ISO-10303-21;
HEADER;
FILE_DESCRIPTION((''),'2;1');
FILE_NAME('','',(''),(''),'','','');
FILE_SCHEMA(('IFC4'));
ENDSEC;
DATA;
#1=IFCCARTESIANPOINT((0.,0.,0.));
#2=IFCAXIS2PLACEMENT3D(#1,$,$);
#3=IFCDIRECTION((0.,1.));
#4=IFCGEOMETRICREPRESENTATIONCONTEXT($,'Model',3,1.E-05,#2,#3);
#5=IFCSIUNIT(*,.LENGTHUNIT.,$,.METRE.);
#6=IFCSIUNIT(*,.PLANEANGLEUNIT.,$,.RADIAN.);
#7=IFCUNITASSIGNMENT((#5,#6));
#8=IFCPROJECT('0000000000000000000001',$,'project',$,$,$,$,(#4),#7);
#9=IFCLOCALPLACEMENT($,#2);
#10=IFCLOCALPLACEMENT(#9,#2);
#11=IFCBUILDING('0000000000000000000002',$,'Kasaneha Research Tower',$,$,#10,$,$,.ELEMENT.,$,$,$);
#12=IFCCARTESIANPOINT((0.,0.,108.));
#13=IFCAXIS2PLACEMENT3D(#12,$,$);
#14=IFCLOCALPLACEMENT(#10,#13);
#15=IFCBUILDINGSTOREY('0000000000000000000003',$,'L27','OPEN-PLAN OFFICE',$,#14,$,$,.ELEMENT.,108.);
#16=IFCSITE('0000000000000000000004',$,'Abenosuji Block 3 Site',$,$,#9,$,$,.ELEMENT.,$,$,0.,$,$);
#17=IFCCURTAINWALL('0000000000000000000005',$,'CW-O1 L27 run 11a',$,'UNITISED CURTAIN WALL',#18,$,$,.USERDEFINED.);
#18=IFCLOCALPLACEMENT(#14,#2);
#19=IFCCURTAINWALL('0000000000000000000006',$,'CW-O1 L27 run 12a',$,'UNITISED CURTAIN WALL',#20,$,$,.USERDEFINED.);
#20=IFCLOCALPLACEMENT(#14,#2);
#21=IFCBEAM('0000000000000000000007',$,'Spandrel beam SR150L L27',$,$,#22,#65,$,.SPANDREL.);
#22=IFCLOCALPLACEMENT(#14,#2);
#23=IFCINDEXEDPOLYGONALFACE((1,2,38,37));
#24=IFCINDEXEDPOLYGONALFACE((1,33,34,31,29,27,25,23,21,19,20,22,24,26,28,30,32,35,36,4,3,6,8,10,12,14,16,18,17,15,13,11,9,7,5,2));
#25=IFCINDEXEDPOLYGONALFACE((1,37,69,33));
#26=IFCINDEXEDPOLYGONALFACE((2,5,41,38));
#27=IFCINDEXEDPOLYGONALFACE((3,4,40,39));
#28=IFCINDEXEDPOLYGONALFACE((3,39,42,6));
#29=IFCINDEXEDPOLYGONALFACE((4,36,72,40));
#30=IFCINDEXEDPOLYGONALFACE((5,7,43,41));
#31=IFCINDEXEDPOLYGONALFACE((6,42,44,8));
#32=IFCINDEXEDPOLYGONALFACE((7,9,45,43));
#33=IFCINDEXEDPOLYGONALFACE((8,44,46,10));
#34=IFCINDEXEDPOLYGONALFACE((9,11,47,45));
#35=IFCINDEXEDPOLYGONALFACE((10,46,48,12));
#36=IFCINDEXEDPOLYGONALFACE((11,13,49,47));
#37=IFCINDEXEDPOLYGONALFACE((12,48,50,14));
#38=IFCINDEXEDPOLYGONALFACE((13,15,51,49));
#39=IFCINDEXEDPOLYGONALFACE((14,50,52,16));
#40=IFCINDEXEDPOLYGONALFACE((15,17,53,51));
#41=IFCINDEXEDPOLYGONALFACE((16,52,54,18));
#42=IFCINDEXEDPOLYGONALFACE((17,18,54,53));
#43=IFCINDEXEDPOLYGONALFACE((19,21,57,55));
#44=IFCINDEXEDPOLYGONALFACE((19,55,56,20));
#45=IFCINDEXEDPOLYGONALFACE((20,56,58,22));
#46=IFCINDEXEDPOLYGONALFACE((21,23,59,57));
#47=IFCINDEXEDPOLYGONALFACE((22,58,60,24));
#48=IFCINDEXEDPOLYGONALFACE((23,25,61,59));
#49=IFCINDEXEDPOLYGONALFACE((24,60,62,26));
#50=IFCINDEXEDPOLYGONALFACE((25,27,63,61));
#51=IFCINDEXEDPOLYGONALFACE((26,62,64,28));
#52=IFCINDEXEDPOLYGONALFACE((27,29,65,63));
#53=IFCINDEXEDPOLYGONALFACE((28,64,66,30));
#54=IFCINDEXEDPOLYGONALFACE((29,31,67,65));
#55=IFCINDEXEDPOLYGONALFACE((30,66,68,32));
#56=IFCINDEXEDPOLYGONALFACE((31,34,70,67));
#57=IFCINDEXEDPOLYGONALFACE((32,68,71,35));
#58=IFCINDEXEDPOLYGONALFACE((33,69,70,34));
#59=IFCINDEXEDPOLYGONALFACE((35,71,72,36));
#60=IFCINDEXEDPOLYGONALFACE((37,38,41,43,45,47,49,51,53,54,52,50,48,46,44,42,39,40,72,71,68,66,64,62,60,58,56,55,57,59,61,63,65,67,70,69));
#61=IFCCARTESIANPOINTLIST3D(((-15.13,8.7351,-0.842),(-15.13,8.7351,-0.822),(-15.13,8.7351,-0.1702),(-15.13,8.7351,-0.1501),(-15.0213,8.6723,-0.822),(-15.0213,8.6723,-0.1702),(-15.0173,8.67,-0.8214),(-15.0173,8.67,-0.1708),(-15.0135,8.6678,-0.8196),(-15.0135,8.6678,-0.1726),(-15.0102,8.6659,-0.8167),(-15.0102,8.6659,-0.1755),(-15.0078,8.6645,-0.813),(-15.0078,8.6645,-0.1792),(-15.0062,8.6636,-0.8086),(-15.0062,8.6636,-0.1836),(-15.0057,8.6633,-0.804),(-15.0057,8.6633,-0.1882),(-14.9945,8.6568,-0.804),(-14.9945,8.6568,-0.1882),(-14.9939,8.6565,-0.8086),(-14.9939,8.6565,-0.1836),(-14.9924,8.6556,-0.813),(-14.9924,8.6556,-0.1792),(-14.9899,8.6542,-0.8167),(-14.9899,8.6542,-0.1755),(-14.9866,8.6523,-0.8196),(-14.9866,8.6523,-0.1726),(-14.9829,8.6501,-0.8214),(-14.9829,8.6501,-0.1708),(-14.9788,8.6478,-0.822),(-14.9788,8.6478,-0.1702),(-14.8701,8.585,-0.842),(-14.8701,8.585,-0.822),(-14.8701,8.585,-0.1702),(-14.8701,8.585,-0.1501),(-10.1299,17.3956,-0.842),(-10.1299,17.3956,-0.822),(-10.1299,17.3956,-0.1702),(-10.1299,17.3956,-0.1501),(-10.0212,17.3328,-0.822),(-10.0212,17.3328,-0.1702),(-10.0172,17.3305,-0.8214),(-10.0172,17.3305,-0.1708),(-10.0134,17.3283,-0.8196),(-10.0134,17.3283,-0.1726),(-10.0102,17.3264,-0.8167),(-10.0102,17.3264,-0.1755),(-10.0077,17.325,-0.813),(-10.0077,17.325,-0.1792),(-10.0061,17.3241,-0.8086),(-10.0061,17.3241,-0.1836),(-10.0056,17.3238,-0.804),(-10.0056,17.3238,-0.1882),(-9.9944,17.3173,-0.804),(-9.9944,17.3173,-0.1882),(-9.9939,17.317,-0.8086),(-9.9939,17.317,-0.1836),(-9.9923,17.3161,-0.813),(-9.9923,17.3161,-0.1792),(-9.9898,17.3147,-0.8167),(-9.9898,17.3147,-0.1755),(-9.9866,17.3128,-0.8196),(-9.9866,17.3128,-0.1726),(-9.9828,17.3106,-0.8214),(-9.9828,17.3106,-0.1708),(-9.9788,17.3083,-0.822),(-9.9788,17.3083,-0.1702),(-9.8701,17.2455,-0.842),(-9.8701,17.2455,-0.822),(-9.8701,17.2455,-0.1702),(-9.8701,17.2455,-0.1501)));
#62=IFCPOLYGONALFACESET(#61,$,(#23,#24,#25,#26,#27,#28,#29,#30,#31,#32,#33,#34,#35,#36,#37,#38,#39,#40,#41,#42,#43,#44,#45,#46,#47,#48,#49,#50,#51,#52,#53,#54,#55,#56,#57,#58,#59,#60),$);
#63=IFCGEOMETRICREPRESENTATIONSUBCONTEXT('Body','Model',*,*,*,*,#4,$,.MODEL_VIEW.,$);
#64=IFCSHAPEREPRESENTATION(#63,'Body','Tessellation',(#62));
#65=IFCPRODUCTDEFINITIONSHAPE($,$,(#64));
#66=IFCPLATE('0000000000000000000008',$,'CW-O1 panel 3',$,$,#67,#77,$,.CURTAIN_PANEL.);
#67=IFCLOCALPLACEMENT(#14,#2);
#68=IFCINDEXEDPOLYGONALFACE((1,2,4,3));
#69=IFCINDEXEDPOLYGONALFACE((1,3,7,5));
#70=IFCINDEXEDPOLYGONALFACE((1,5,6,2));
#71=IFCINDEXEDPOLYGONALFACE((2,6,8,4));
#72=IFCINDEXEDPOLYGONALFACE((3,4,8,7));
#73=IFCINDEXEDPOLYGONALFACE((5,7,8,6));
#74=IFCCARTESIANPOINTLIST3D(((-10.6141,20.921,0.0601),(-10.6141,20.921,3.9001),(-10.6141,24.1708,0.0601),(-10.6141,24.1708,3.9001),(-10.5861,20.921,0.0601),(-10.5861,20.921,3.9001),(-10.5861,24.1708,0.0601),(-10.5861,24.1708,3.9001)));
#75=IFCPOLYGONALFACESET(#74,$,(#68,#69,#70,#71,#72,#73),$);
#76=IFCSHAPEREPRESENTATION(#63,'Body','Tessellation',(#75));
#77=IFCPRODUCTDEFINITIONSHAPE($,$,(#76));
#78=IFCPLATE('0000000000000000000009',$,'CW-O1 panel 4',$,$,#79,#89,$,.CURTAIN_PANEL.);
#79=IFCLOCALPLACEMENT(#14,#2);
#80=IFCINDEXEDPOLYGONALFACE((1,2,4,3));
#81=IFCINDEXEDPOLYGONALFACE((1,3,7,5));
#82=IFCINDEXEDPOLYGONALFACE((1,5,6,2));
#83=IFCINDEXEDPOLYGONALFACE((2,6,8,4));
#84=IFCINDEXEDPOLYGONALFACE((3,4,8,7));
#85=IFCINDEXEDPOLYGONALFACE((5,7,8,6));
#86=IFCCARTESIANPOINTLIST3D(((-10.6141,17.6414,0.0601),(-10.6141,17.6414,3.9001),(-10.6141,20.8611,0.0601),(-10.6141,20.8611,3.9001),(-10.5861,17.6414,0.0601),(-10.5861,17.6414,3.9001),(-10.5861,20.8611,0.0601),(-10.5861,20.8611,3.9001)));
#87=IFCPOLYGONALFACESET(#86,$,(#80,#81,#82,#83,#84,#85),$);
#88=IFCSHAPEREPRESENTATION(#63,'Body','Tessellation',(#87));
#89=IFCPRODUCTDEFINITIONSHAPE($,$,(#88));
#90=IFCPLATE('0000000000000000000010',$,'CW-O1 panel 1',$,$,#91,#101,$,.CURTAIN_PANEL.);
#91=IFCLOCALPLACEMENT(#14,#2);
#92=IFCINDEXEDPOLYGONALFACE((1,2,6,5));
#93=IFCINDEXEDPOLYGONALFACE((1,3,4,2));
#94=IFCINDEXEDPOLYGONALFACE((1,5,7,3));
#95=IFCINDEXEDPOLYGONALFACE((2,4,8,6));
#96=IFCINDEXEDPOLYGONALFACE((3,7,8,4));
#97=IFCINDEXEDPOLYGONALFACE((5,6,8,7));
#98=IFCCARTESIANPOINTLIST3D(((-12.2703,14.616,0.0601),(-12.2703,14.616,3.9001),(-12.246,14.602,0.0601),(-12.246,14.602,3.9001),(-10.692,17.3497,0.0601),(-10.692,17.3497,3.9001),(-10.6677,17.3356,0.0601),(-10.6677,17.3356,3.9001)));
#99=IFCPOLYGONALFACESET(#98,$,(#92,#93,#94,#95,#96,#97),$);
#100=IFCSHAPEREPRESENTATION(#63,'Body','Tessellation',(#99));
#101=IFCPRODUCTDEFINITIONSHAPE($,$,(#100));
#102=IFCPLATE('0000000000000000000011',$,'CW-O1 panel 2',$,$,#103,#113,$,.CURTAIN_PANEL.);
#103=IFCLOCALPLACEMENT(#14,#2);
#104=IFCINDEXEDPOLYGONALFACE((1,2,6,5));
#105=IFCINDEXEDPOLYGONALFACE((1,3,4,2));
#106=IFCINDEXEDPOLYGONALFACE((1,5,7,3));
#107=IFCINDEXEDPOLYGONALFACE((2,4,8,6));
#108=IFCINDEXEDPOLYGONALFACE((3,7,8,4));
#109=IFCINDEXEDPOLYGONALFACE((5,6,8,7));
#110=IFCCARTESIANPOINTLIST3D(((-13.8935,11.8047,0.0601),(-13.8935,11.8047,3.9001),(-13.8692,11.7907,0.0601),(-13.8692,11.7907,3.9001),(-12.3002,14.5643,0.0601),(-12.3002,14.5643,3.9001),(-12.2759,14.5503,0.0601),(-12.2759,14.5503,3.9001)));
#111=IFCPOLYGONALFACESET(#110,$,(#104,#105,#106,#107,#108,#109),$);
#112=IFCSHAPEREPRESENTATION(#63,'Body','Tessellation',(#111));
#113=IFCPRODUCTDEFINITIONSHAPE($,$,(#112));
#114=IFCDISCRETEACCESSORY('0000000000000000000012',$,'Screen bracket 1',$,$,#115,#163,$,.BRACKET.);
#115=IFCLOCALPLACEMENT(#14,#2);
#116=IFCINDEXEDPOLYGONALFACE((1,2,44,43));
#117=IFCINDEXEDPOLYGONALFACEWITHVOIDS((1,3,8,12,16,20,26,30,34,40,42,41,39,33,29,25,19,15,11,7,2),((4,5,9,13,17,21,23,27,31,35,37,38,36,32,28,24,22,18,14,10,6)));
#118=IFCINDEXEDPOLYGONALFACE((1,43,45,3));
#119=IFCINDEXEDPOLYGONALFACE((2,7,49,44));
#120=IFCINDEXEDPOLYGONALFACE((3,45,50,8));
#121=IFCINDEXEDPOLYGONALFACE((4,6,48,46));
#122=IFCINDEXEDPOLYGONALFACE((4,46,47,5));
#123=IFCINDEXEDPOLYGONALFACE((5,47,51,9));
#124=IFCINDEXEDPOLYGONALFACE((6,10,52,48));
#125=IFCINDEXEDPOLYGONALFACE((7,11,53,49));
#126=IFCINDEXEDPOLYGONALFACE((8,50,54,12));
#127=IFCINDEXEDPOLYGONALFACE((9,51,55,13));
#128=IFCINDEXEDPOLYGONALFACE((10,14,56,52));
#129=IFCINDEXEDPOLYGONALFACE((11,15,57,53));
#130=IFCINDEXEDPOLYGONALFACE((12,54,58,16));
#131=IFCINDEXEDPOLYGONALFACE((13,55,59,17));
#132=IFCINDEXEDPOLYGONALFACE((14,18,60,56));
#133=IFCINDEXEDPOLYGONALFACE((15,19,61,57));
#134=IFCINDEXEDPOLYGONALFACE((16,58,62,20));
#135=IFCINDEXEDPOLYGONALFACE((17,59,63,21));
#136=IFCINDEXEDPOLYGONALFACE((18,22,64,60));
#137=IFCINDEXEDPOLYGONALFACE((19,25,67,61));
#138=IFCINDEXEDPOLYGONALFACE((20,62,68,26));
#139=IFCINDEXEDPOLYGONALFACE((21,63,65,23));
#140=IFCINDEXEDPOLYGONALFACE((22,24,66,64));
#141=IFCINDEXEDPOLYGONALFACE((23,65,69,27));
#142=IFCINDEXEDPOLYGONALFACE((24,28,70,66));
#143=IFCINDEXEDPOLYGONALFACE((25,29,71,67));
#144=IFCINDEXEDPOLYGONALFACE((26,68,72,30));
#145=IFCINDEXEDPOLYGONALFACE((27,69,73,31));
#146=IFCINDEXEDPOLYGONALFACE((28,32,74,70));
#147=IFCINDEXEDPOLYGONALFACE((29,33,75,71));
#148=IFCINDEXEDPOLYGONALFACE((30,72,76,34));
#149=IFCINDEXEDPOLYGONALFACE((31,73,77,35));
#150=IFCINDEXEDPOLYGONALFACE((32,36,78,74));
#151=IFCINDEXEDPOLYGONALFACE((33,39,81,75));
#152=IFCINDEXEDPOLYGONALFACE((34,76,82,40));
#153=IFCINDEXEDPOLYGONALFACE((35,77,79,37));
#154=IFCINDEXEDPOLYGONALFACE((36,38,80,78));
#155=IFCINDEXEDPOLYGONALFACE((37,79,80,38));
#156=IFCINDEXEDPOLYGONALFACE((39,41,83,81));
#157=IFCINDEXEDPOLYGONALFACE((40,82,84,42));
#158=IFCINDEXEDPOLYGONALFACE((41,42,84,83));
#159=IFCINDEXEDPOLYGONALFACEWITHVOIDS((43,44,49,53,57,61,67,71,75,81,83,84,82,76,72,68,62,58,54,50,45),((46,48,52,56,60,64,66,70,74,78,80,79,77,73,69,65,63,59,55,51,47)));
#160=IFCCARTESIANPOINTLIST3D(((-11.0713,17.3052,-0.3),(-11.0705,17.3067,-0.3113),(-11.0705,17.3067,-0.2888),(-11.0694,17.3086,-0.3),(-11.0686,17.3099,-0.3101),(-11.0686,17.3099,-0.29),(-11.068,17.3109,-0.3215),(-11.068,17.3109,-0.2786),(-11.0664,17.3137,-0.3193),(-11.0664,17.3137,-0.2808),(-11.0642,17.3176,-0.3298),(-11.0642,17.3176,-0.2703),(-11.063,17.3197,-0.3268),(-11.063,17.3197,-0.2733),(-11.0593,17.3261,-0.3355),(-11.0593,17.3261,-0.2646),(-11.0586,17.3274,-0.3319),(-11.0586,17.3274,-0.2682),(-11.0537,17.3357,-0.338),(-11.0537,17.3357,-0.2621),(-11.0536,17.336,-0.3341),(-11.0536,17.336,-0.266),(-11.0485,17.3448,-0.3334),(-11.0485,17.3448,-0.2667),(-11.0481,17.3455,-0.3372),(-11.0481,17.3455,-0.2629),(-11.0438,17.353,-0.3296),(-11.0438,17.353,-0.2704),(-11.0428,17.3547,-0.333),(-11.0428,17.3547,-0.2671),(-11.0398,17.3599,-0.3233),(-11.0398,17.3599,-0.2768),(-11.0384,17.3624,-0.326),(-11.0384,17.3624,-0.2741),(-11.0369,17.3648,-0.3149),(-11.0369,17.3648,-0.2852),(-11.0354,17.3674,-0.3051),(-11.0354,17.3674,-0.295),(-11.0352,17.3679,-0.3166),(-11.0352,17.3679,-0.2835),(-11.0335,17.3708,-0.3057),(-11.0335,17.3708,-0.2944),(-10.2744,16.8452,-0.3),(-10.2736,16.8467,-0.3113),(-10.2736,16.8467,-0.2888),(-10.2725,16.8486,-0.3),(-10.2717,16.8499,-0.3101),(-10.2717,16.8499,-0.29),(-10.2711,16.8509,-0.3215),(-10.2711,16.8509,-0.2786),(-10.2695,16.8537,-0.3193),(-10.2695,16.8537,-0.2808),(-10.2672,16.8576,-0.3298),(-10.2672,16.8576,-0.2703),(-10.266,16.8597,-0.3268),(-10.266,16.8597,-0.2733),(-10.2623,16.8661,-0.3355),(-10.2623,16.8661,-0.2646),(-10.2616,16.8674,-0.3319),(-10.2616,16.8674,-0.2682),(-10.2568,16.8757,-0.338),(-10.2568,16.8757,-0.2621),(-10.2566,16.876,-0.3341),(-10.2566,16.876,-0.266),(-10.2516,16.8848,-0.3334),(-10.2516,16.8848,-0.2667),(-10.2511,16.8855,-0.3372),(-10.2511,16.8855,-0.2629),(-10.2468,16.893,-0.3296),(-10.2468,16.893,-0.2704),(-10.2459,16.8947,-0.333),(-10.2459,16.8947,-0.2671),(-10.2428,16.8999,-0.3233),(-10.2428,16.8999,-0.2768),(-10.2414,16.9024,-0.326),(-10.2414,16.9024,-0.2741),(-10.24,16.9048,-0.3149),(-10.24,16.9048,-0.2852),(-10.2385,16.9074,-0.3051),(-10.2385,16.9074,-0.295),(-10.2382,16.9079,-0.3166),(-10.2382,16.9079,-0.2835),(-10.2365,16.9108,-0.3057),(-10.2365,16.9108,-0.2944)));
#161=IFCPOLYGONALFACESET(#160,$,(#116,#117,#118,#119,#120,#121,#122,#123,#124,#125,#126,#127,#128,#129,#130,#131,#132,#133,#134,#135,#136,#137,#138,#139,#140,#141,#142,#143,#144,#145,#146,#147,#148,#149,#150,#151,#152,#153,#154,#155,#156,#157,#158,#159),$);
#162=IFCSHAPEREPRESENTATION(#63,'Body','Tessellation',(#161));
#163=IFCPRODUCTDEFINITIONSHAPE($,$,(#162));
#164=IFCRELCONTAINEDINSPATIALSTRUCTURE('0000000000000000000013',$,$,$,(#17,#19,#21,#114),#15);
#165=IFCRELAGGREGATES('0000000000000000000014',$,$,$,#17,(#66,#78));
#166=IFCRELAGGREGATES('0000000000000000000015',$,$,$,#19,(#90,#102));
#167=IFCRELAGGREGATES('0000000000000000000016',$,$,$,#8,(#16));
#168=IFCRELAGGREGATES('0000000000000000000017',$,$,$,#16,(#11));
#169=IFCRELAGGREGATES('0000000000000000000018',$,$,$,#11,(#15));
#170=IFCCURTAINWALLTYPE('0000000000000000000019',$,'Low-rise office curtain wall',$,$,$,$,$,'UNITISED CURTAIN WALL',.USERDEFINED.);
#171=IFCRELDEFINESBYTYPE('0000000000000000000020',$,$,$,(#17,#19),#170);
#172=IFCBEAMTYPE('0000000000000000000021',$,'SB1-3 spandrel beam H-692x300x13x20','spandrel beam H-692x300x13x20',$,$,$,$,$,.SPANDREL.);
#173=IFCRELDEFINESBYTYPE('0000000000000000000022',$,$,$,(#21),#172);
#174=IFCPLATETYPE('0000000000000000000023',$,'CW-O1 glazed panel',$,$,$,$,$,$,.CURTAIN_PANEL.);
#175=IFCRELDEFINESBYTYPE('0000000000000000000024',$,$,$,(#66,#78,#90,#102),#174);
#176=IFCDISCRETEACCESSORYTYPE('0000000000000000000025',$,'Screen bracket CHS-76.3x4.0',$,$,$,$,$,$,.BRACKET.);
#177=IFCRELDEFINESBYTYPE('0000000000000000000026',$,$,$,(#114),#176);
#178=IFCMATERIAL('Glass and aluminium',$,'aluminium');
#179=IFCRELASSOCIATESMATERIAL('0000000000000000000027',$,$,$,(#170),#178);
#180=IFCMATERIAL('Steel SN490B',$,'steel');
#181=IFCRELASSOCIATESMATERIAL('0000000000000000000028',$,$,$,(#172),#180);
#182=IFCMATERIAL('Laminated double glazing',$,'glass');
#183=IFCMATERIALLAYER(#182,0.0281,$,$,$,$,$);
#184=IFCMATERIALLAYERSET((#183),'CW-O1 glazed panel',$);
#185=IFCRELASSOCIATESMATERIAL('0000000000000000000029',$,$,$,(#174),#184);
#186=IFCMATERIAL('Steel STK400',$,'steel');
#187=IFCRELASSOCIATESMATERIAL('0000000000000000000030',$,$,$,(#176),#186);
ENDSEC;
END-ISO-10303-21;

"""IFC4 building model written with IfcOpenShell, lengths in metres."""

from ifc_helpers import new_model, si_unit, direction, frame, origin, origin_2d, place, context, subcontext, project, spatial, rectangle, hollow_circle, i_section, extrude, material, layer, layer_set, material_profile, profile_set, type_object, element, aggregate, save


model = new_model("IFC4")

# Units and contexts
model_context = context("Model", 3, precision=1e-05, world=origin(), true_north=direction((0.0, 1.0)))
body_context = subcontext(model_context, "Body", "Model", "MODEL_VIEW")
ifc_project = project(units=[si_unit("LENGTHUNIT", "METRE"), si_unit("PLANEANGLEUNIT", "RADIAN")], contexts=[model_context])

# Site, building, storey
site_placement = place(None, origin())
site = spatial("IfcSite", under=ifc_project, at=site_placement, Name="Abenosuji Block 3 Site", CompositionType="ELEMENT", RefElevation=0.0)
building_placement = place(site_placement, origin())
building = spatial("IfcBuilding", under=site, at=building_placement, Name="Kasaneha Research Tower", CompositionType="ELEMENT")
storey_placement = place(building_placement, frame((0.0, 0.0, 108.0)))
storey = spatial("IfcBuildingStorey", under=building, at=storey_placement, Name="L27", Description="OPEN-PLAN OFFICE", CompositionType="ELEMENT", Elevation=108.0)

# Curtain walls
ifc_material_1 = material(Name="Glass and aluminium", Category="aluminium")
curtain_wall_type = type_object("IfcCurtainWallType", Name="Low-rise office curtain wall", ElementType="UNITISED CURTAIN WALL", PredefinedType="USERDEFINED", material=ifc_material_1)
curtain_wall_1_placement = place(storey_placement, origin())
curtain_wall_1 = element("IfcCurtainWall", 1, at=curtain_wall_1_placement, inside=storey, type_object=curtain_wall_type, Name="CW-O1 L27 run 11a", ObjectType="UNITISED CURTAIN WALL", PredefinedType="USERDEFINED")
curtain_wall_2_placement = place(storey_placement, origin())
curtain_wall_2 = element("IfcCurtainWall", 2, at=curtain_wall_2_placement, inside=storey, type_object=curtain_wall_type, Name="CW-O1 L27 run 12a", ObjectType="UNITISED CURTAIN WALL", PredefinedType="USERDEFINED")

# Beam
ifc_material_2 = material(Name="Steel SN490B", Category="steel")
ifc_material_profile_1 = material_profile(ifc_material_2, i_section(OverallWidth=0.3, OverallDepth=0.6919, WebThickness=0.0129, FlangeThickness=0.02, FilletRadius=0.0181, at=origin_2d()), Name="H-692x300x13x20")
ifc_profile_set_1 = profile_set([ifc_material_profile_1], Name="Steel SN490B")
beam_type_1 = type_object("IfcBeamType", Name="SB1-3 spandrel beam H-692x300x13x20", Description="spandrel beam H-692x300x13x20", PredefinedType="SPANDREL", material=ifc_profile_set_1)
beam_1_placement = place(storey_placement, frame((-10.0, 17.3206, -0.4961), z_axis=(-0.499994, -0.866029, 0.0), x_axis=(0.866029, -0.499994, 0.0)))
element("IfcBeam", 3, at=beam_1_placement, inside=storey, type_object=beam_type_1, Name="Spandrel beam SR150L L27", PredefinedType="SPANDREL", context=body_context, shape_type="SweptSolid", body=[
    extrude(i_section(OverallWidth=0.3, OverallDepth=0.6919, WebThickness=0.0129, FlangeThickness=0.02, FilletRadius=0.0181, at=origin_2d()), origin(), (0.0, 0.0, 1.0), 10.0002),
])

# Plates
ifc_material_3 = material(Name="Laminated double glazing", Category="glass")
ifc_layer = layer(ifc_material_3, 0.0281)
ifc_layer_set = layer_set([ifc_layer], Name="CW-O1 glazed panel")
plate_type = type_object("IfcPlateType", Name="CW-O1 glazed panel", PredefinedType="CURTAIN_PANEL", material=ifc_layer_set)
plate_1_placement = place(storey_placement, frame((-10.6001, 22.5459, 0.0601), z_axis=(0.0, 0.0, 1.0), x_axis=(0.0, -1.0, 0.0)))
plate_1 = element("IfcPlate", 4, at=plate_1_placement, type_object=plate_type, Name="CW-O1 panel 3", PredefinedType="CURTAIN_PANEL", context=body_context, shape_type="SweptSolid", body=[
    extrude(rectangle(XDim=3.2498, YDim=0.0281, at=origin_2d()), origin(), (0.0, 0.0, 1.0), 3.8401),
])
plate_2_placement = place(storey_placement, frame((-10.6001, 19.2512, 0.0601), z_axis=(0.0, 0.0, 1.0), x_axis=(0.0, -1.0, 0.0)))
plate_2 = element("IfcPlate", 5, at=plate_2_placement, type_object=plate_type, Name="CW-O1 panel 4", PredefinedType="CURTAIN_PANEL", context=body_context, shape_type="SweptSolid", body=[
    extrude(rectangle(XDim=3.2197, YDim=0.0281, at=origin_2d()), origin(), (0.0, 0.0, 1.0), 3.8401),
])
aggregate(curtain_wall_1, [plate_1, plate_2])
plate_3_placement = place(storey_placement, frame((-11.469, 15.9758, 0.0601), z_axis=(0.0, 0.0, 1.0), x_axis=(-0.5, -0.866025, 0.0)))
plate_3 = element("IfcPlate", 6, at=plate_3_placement, type_object=plate_type, Name="CW-O1 panel 1", PredefinedType="CURTAIN_PANEL", context=body_context, shape_type="SweptSolid", body=[
    extrude(rectangle(XDim=3.1565, YDim=0.0281, at=origin_2d()), origin(), (0.0, 0.0, 1.0), 3.8401),
])
plate_4_placement = place(storey_placement, frame((-13.0847, 13.1775, 0.0601), z_axis=(0.0, 0.0, 1.0), x_axis=(-0.5, -0.866025, 0.0)))
plate_4 = element("IfcPlate", 7, at=plate_4_placement, type_object=plate_type, Name="CW-O1 panel 2", PredefinedType="CURTAIN_PANEL", context=body_context, shape_type="SweptSolid", body=[
    extrude(rectangle(XDim=3.1865, YDim=0.0281, at=origin_2d()), origin(), (0.0, 0.0, 1.0), 3.8401),
])
aggregate(curtain_wall_2, [plate_3, plate_4])

# Discrete accessory
ifc_material_4 = material(Name="Steel STK400", Category="steel")
ifc_material_profile_2 = material_profile(ifc_material_4, hollow_circle(Radius=0.0381, WallThickness=0.0039, at=origin_2d()), Name="CHS-76.3x4.0")
ifc_profile_set_2 = profile_set([ifc_material_profile_2], Name="Steel STK400")
discrete_accessory_type = type_object("IfcDiscreteAccessoryType", Name="Screen bracket CHS-76.3x4.0", PredefinedType="BRACKET", material=ifc_profile_set_2)
discrete_accessory_1_placement = place(storey_placement, frame((-10.2554, 16.8782, -0.3), z_axis=(-0.86608, 0.499906, 0.0), x_axis=(-0.499906, -0.86608, 0.0)))
element("IfcDiscreteAccessory", 8, at=discrete_accessory_1_placement, inside=storey, type_object=discrete_accessory_type, Name="Screen bracket 1", PredefinedType="BRACKET", context=body_context, shape_type="SweptSolid", body=[
    extrude(hollow_circle(Radius=0.0381, WallThickness=0.0039, at=origin_2d()), origin(), (0.0, 0.0, 1.0), 0.9202),
])

save(model, "model.ifc")
